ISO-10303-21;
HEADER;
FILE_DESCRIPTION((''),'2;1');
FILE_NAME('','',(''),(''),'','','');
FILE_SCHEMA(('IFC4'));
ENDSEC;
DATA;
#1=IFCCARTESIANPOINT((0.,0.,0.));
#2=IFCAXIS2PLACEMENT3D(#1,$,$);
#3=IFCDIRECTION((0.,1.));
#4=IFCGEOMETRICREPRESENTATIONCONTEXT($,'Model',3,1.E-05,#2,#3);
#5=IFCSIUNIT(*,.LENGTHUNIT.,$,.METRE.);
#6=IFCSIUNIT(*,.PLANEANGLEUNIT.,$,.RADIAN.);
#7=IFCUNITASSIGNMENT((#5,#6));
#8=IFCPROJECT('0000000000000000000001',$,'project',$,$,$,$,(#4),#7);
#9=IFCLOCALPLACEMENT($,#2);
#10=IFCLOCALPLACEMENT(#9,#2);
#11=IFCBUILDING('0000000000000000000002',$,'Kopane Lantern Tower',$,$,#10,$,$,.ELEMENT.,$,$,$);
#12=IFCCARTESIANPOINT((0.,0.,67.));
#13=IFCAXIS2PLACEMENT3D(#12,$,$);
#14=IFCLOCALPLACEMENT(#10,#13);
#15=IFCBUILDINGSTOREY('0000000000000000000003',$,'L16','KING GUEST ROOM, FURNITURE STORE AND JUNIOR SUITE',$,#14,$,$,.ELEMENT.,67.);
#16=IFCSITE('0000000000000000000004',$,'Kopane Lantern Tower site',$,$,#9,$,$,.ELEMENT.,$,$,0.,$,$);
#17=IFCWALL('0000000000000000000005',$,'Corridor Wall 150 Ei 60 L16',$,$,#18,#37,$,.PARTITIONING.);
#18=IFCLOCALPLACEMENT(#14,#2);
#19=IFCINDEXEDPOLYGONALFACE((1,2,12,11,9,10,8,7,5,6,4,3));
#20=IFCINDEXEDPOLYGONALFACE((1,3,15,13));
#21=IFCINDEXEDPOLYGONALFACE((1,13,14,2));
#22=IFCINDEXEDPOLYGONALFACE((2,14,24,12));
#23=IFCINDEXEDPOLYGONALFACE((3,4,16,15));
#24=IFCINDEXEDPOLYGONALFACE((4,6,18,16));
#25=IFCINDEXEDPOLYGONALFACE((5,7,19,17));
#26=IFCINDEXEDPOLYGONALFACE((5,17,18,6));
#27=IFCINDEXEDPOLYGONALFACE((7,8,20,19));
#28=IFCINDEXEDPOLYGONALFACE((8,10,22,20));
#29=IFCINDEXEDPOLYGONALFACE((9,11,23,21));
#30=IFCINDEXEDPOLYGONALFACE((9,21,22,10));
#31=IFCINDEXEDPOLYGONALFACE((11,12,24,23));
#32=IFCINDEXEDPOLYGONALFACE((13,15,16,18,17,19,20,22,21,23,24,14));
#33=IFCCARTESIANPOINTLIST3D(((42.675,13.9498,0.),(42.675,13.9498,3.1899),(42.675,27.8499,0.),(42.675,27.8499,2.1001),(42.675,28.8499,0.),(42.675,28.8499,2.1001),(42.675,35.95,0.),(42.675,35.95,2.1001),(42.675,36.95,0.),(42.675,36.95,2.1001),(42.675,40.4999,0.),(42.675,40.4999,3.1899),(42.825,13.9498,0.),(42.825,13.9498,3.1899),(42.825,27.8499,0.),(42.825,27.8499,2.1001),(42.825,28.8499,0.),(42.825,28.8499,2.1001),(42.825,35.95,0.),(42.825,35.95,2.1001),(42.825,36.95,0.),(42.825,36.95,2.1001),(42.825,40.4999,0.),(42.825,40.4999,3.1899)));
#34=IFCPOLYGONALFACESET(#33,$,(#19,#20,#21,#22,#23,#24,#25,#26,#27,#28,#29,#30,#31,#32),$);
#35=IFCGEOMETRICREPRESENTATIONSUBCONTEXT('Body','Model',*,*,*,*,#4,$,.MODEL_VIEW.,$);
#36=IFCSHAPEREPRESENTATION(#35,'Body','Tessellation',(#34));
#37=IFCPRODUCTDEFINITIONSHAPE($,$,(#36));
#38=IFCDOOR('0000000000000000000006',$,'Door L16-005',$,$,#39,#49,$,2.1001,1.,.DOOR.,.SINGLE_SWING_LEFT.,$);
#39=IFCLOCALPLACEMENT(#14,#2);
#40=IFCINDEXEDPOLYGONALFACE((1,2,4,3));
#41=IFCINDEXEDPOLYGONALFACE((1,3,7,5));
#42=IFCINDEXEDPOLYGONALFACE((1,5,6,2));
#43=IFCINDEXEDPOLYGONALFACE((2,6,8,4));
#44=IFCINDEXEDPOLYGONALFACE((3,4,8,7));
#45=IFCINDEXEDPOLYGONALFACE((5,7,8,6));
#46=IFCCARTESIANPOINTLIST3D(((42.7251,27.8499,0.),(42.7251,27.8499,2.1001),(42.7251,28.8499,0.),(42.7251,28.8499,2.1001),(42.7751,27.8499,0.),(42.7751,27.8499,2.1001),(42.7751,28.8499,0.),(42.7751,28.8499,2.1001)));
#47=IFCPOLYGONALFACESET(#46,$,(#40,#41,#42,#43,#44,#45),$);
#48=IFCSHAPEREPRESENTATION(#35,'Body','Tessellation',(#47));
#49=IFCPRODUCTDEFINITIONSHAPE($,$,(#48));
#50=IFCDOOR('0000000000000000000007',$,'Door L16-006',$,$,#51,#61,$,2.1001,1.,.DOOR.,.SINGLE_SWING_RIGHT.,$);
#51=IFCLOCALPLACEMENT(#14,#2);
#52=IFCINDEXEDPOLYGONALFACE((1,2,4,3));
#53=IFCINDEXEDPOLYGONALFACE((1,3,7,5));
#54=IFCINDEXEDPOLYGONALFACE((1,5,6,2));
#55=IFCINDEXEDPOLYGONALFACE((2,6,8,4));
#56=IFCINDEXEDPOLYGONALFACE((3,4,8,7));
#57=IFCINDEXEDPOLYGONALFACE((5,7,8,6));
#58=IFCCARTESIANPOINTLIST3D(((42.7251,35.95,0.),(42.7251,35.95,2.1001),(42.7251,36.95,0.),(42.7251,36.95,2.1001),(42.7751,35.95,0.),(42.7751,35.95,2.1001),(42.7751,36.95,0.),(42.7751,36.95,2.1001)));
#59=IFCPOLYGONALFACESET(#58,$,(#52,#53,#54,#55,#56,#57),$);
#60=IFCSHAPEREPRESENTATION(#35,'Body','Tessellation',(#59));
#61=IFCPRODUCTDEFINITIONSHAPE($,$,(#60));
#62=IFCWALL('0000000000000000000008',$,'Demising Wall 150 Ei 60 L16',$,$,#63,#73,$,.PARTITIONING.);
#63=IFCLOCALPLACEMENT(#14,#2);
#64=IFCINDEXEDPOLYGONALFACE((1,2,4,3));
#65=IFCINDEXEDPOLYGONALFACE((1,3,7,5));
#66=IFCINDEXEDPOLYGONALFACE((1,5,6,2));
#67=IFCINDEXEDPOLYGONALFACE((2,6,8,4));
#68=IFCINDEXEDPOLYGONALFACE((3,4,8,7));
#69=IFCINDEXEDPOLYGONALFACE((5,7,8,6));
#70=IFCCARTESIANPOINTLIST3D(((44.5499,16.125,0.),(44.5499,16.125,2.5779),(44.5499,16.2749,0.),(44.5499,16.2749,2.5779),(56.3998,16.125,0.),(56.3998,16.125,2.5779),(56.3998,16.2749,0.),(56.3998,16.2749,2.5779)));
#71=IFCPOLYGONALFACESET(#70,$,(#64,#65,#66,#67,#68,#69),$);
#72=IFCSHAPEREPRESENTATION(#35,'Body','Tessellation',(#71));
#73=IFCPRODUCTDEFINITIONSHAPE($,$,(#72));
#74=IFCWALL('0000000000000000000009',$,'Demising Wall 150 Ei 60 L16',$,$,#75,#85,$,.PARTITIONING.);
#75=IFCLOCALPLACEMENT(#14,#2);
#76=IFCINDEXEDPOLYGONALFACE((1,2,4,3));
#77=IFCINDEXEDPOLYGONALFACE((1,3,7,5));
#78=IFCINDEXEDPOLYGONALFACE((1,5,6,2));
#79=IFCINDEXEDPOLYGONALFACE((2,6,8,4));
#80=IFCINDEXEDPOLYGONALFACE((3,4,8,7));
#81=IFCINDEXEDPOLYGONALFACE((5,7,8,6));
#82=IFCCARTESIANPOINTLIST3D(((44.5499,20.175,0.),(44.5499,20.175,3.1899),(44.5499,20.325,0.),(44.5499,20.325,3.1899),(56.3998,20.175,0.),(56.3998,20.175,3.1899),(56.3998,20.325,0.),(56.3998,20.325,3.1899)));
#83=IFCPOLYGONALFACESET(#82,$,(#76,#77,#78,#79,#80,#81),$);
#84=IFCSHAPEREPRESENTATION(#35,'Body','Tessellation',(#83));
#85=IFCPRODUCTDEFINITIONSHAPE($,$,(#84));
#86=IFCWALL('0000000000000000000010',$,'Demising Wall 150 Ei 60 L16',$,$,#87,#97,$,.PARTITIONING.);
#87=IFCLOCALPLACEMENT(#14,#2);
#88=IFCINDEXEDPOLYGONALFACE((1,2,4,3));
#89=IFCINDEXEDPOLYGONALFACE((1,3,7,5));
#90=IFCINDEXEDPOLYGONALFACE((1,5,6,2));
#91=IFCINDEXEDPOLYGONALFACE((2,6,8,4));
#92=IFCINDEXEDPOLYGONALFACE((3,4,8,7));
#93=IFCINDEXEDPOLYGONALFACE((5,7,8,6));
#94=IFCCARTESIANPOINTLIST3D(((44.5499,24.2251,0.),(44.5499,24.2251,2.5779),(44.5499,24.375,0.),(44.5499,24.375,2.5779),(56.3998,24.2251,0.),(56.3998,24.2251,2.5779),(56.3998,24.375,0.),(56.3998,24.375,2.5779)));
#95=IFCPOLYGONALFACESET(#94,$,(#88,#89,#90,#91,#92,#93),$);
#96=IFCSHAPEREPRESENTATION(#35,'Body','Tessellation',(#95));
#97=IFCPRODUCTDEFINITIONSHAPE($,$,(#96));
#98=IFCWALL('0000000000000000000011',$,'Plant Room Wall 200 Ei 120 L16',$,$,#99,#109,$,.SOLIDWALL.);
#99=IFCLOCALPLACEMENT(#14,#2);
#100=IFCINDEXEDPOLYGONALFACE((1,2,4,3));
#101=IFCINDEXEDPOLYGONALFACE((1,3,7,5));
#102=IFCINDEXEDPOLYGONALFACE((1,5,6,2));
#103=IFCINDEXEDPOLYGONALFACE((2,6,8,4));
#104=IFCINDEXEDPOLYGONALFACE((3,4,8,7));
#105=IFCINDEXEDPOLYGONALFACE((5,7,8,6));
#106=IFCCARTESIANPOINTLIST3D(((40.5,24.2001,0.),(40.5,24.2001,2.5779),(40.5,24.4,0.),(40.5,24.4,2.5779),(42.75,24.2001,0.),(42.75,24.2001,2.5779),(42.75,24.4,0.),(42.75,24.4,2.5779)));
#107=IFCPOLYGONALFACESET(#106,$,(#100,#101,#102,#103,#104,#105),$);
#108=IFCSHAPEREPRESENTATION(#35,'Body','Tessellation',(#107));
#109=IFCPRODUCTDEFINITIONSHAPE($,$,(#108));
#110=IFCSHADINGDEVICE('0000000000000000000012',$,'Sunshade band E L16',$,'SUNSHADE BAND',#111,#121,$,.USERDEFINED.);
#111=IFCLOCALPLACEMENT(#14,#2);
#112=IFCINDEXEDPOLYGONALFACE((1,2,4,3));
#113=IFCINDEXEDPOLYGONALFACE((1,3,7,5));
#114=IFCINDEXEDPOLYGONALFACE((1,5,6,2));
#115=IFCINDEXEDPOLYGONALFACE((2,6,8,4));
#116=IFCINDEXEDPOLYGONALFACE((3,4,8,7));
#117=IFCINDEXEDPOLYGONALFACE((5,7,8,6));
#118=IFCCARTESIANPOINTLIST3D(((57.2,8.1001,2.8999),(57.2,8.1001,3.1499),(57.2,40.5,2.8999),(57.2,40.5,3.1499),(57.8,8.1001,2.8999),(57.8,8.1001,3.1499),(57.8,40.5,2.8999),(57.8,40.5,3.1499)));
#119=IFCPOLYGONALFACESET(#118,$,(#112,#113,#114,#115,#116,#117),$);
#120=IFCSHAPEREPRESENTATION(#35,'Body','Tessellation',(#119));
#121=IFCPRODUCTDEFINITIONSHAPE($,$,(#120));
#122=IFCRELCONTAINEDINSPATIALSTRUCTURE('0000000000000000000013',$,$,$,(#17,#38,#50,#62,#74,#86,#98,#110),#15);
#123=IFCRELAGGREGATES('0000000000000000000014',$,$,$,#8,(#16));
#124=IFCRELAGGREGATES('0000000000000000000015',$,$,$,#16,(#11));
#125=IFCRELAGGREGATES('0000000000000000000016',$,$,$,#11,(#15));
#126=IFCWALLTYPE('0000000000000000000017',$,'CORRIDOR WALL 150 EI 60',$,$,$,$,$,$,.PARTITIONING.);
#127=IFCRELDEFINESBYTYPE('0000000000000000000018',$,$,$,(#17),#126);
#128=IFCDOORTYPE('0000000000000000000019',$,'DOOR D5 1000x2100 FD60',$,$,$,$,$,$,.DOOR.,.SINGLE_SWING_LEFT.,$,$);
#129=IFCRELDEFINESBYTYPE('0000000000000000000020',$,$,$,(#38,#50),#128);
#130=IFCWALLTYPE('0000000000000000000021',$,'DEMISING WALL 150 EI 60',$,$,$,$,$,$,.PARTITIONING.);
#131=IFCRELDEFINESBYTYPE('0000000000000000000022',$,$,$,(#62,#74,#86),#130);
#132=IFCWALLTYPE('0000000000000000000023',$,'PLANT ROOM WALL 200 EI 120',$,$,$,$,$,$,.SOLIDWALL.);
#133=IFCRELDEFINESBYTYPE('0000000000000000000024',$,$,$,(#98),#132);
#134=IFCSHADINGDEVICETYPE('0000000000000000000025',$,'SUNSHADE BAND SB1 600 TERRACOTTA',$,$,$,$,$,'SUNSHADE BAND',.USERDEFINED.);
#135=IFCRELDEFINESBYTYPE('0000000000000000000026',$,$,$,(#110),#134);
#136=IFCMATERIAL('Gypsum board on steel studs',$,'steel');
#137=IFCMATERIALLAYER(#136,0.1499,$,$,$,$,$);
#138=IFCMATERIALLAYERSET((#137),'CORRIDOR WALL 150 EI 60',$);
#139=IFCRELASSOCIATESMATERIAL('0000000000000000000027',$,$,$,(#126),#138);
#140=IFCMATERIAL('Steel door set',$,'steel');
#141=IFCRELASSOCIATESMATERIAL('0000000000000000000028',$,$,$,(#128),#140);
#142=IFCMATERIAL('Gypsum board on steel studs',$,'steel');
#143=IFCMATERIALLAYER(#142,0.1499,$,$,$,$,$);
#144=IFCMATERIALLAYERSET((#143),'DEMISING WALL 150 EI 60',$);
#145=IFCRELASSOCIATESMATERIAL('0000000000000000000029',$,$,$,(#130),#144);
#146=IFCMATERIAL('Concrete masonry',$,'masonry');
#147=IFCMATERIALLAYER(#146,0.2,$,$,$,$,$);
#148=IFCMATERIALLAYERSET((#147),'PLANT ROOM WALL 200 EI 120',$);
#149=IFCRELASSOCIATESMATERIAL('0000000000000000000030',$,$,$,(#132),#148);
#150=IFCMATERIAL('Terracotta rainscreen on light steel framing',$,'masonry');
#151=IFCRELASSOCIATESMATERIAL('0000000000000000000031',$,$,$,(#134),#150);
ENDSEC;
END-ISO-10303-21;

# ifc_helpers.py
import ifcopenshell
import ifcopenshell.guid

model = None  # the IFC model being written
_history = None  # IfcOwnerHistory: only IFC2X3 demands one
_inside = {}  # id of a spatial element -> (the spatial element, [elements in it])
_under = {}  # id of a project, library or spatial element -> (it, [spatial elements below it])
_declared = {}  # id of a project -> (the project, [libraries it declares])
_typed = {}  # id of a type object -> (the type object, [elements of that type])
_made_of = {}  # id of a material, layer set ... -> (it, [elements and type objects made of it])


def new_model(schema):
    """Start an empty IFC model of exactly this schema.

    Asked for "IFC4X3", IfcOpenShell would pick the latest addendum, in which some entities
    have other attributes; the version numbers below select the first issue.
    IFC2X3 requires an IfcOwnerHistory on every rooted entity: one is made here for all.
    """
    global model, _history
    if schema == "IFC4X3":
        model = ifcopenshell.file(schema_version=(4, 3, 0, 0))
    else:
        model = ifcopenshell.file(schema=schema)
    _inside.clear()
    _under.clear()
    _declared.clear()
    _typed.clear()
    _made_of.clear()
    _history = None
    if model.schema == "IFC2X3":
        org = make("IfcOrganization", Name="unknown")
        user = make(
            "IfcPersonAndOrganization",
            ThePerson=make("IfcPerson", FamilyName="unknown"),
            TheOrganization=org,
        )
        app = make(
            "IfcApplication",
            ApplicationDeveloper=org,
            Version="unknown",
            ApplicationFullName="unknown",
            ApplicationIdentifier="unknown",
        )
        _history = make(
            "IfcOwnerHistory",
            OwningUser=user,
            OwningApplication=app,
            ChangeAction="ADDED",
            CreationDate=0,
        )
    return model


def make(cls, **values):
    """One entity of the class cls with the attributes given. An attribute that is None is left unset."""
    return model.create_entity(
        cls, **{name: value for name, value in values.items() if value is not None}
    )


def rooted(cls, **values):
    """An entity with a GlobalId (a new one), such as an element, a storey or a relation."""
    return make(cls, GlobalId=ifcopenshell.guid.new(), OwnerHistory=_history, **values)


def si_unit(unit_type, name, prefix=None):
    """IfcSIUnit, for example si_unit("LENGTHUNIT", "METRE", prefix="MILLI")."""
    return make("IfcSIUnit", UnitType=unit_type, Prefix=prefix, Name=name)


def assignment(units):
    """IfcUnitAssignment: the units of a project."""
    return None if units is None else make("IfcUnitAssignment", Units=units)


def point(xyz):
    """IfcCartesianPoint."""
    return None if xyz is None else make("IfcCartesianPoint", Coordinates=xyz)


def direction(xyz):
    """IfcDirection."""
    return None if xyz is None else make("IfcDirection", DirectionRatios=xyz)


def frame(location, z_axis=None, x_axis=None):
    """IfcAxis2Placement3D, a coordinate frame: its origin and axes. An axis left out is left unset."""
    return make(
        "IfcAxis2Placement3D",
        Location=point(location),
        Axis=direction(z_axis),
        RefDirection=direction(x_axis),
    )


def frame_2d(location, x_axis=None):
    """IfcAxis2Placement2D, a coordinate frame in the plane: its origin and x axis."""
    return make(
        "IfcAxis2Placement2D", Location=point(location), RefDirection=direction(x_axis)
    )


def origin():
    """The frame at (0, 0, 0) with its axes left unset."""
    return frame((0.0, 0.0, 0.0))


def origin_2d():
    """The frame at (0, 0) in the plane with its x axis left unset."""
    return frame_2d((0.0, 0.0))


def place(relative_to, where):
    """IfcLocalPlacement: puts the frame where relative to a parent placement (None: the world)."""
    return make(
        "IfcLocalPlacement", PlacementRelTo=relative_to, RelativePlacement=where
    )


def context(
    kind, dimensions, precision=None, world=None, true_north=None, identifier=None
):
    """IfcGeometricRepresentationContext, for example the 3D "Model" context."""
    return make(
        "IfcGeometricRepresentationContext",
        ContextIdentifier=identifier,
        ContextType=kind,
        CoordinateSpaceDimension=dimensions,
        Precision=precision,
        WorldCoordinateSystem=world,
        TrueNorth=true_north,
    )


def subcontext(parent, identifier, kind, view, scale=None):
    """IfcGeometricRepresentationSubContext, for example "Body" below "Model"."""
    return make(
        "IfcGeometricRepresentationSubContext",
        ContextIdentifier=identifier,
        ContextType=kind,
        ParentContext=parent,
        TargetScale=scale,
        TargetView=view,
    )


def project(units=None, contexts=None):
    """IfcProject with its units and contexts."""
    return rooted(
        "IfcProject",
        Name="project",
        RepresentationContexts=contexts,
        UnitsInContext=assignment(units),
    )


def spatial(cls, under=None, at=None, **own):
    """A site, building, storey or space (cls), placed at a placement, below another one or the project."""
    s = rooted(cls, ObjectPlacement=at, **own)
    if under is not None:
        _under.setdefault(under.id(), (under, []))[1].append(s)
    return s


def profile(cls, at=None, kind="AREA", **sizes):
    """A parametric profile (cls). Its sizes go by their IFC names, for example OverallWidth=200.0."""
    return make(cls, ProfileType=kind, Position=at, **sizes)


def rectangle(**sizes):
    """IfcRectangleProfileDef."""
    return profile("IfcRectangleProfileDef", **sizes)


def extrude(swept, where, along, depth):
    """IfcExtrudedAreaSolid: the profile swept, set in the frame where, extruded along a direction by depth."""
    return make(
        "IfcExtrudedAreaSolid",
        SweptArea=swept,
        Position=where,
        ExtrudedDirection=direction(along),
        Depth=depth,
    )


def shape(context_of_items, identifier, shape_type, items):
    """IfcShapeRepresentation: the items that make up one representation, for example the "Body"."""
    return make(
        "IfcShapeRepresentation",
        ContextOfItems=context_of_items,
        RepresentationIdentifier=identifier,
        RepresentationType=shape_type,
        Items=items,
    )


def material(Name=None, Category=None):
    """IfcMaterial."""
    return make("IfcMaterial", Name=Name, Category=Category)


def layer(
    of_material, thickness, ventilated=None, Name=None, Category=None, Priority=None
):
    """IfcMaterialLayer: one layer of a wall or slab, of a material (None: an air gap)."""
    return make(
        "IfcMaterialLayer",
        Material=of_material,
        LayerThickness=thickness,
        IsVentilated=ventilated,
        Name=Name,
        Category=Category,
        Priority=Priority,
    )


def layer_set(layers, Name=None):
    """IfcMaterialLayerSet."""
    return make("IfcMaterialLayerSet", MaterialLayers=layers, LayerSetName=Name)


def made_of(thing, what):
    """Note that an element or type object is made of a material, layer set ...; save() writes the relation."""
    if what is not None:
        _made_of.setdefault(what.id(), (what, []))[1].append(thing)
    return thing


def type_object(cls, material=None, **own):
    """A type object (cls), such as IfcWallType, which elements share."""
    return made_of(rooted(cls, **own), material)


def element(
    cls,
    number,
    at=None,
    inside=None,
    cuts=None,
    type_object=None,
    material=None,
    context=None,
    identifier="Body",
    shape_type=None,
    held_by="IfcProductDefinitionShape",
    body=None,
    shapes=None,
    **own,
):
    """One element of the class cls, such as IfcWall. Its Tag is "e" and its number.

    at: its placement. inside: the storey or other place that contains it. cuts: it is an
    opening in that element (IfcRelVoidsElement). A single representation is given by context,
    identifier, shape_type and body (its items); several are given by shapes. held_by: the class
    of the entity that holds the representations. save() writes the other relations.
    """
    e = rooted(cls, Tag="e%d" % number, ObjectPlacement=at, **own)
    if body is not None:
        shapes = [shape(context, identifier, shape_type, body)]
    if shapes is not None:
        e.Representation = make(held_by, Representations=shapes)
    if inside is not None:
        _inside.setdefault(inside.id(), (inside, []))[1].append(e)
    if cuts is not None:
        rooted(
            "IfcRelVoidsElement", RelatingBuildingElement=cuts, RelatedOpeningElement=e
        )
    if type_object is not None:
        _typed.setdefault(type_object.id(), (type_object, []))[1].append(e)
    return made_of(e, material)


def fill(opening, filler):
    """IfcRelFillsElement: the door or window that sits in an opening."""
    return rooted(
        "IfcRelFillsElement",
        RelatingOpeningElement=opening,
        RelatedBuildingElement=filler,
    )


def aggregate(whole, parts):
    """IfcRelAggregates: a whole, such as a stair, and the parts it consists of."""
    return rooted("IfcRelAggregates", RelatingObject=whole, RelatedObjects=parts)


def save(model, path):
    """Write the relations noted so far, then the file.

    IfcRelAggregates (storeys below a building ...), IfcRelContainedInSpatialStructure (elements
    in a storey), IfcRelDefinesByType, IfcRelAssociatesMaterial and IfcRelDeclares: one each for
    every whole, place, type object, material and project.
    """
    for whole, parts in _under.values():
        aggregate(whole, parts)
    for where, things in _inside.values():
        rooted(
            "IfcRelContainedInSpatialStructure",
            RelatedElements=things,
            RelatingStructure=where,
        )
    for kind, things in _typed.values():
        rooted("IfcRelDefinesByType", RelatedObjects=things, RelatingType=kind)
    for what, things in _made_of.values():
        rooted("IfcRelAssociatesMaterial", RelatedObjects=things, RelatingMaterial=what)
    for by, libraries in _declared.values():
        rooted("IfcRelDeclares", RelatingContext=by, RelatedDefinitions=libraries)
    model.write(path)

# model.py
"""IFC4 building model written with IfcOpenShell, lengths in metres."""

from ifc_helpers import new_model, si_unit, direction, frame, frame_2d, origin, origin_2d, place, context, subcontext, project, spatial, rectangle, extrude, material, layer, layer_set, type_object, element, fill, save


model = new_model("IFC4")

# Units and contexts
model_context = context("Model", 3, precision=1e-05, world=origin(), true_north=direction((0.0, 1.0)))
body_context = subcontext(model_context, "Body", "Model", "MODEL_VIEW")
ifc_project = project(units=[si_unit("LENGTHUNIT", "METRE"), si_unit("PLANEANGLEUNIT", "RADIAN")], contexts=[model_context])

# Site, building, storey
site_placement = place(None, origin())
site = spatial("IfcSite", under=ifc_project, at=site_placement, Name="Kopane Lantern Tower site", CompositionType="ELEMENT", RefElevation=0.0)
building_placement = place(site_placement, origin())
building = spatial("IfcBuilding", under=site, at=building_placement, Name="Kopane Lantern Tower", CompositionType="ELEMENT")
storey_placement = place(building_placement, frame((0.0, 0.0, 67.0)))
storey = spatial("IfcBuildingStorey", under=building, at=storey_placement, Name="L16", Description="KING GUEST ROOM, FURNITURE STORE AND JUNIOR SUITE", CompositionType="ELEMENT", Elevation=67.0)

# Wall, openings, doors
ifc_material_1 = material(Name="Gypsum board on steel studs", Category="steel")
ifc_layer_1 = layer(ifc_material_1, 0.1499)
ifc_layer_set_1 = layer_set([ifc_layer_1], Name="CORRIDOR WALL 150 EI 60")
wall_type_1 = type_object("IfcWallType", Name="CORRIDOR WALL 150 EI 60", PredefinedType="PARTITIONING", material=ifc_layer_set_1)
wall_1_placement = place(storey_placement, frame((42.75, 13.95, 0.0), z_axis=(0.0, 0.0, 1.0), x_axis=(0.0, 1.0, 0.0)))
wall_1 = element("IfcWall", 1, at=wall_1_placement, inside=storey, type_object=wall_type_1, Name="Corridor Wall 150 Ei 60 L16", PredefinedType="PARTITIONING", context=body_context, shape_type="SweptSolid", body=[
    extrude(rectangle(XDim=26.55, YDim=0.1499, at=frame_2d((13.2749, 0.0))), origin(), (0.0, 0.0, 1.0), 3.1899),
])
opening_1_placement = place(wall_1_placement, frame((13.8999, 0.0, 0.0)))
opening_1 = element("IfcOpeningElement", 2, at=opening_1_placement, cuts=wall_1, PredefinedType="OPENING", context=body_context, shape_type="SweptSolid", body=[
    extrude(rectangle(XDim=1.0, YDim=2.1001, at=frame_2d((0.5, 1.05))), frame((0.0, 0.085, 0.0), z_axis=(0.0, -1.0, 0.0), x_axis=(1.0, 0.0, 0.0)), (0.0, 0.0, 1.0), 0.1699),
])
opening_2_placement = place(wall_1_placement, frame((22.0, 0.0, 0.0)))
opening_2 = element("IfcOpeningElement", 3, at=opening_2_placement, cuts=wall_1, PredefinedType="OPENING", context=body_context, shape_type="SweptSolid", body=[
    extrude(rectangle(XDim=1.0, YDim=2.1001, at=frame_2d((0.5, 1.05))), frame((0.0, 0.085, 0.0), z_axis=(0.0, -1.0, 0.0), x_axis=(1.0, 0.0, 0.0)), (0.0, 0.0, 1.0), 0.1699),
])
ifc_material_2 = material(Name="Steel door set", Category="steel")
door_type_1 = type_object("IfcDoorType", Name="DOOR D5 1000x2100 FD60", OperationType="SINGLE_SWING_LEFT", PredefinedType="DOOR", material=ifc_material_2)
door_1_placement = place(opening_1_placement, origin())
door_1 = element("IfcDoor", 4, at=door_1_placement, inside=storey, type_object=door_type_1, Name="Door L16-005", OperationType="SINGLE_SWING_LEFT", OverallHeight=2.1001, OverallWidth=1.0, PredefinedType="DOOR", context=body_context, shape_type="SweptSolid", body=[
    extrude(rectangle(XDim=1.0, YDim=2.1001, at=frame_2d((0.5, 1.05))), frame((0.0, 0.0249, 0.0), z_axis=(0.0, -1.0, 0.0), x_axis=(1.0, 0.0, 0.0)), (0.0, 0.0, 1.0), 0.05),
])
fill(opening_1, door_1)
door_2_placement = place(opening_2_placement, origin())
door_2 = element("IfcDoor", 5, at=door_2_placement, inside=storey, type_object=door_type_1, Name="Door L16-006", OperationType="SINGLE_SWING_RIGHT", OverallHeight=2.1001, OverallWidth=1.0, PredefinedType="DOOR", context=body_context, shape_type="SweptSolid", body=[
    extrude(rectangle(XDim=1.0, YDim=2.1001, at=frame_2d((0.5, 1.05))), frame((0.0, 0.0249, 0.0), z_axis=(0.0, -1.0, 0.0), x_axis=(1.0, 0.0, 0.0)), (0.0, 0.0, 1.0), 0.05),
])
fill(opening_2, door_2)

# Walls
ifc_material_3 = material(Name="Gypsum board on steel studs", Category="steel")
ifc_layer_2 = layer(ifc_material_3, 0.1499)
ifc_layer_set_2 = layer_set([ifc_layer_2], Name="DEMISING WALL 150 EI 60")
wall_type_2 = type_object("IfcWallType", Name="DEMISING WALL 150 EI 60", PredefinedType="PARTITIONING", material=ifc_layer_set_2)
wall_2_placement = place(storey_placement, frame((44.55, 16.2, 0.0), z_axis=(0.0, 0.0, 1.0), x_axis=(1.0, 0.0, 0.0)))
element("IfcWall", 6, at=wall_2_placement, inside=storey, type_object=wall_type_2, Name="Demising Wall 150 Ei 60 L16", PredefinedType="PARTITIONING", context=body_context, shape_type="SweptSolid", body=[
    extrude(rectangle(XDim=11.8499, YDim=0.1499, at=frame_2d((5.9248, 0.0))), origin(), (0.0, 0.0, 1.0), 2.5779),
])
wall_3_placement = place(storey_placement, frame((44.55, 20.25, 0.0), z_axis=(0.0, 0.0, 1.0), x_axis=(1.0, 0.0, 0.0)))
element("IfcWall", 7, at=wall_3_placement, inside=storey, type_object=wall_type_2, Name="Demising Wall 150 Ei 60 L16", PredefinedType="PARTITIONING", context=body_context, shape_type="SweptSolid", body=[
    extrude(rectangle(XDim=11.8499, YDim=0.1499, at=frame_2d((5.9248, 0.0))), origin(), (0.0, 0.0, 1.0), 3.1899),
])
wall_4_placement = place(storey_placement, frame((44.55, 24.3, 0.0), z_axis=(0.0, 0.0, 1.0), x_axis=(1.0, 0.0, 0.0)))
element("IfcWall", 8, at=wall_4_placement, inside=storey, type_object=wall_type_2, Name="Demising Wall 150 Ei 60 L16", PredefinedType="PARTITIONING", context=body_context, shape_type="SweptSolid", body=[
    extrude(rectangle(XDim=11.8499, YDim=0.1499, at=frame_2d((5.9248, 0.0))), origin(), (0.0, 0.0, 1.0), 2.5779),
])
ifc_material_4 = material(Name="Concrete masonry", Category="masonry")
ifc_layer_3 = layer(ifc_material_4, 0.2)
ifc_layer_set_3 = layer_set([ifc_layer_3], Name="PLANT ROOM WALL 200 EI 120")
wall_type_3 = type_object("IfcWallType", Name="PLANT ROOM WALL 200 EI 120", PredefinedType="SOLIDWALL", material=ifc_layer_set_3)
wall_5_placement = place(storey_placement, frame((40.5, 24.3, 0.0), z_axis=(0.0, 0.0, 1.0), x_axis=(1.0, 0.0, 0.0)))
element("IfcWall", 9, at=wall_5_placement, inside=storey, type_object=wall_type_3, Name="Plant Room Wall 200 Ei 120 L16", PredefinedType="SOLIDWALL", context=body_context, shape_type="SweptSolid", body=[
    extrude(rectangle(XDim=2.25, YDim=0.2, at=frame_2d((1.125, 0.0))), origin(), (0.0, 0.0, 1.0), 2.5779),
])

# Shading device
ifc_material_5 = material(Name="Terracotta rainscreen on light steel framing", Category="masonry")
shading_device_type = type_object("IfcShadingDeviceType", Name="SUNSHADE BAND SB1 600 TERRACOTTA", ElementType="SUNSHADE BAND", PredefinedType="USERDEFINED", material=ifc_material_5)
shading_device_placement = place(storey_placement, frame((57.5, 24.3, 2.8999), z_axis=(0.0, 0.0, 1.0), x_axis=(0.0, 1.0, 0.0)))
element("IfcShadingDevice", 10, at=shading_device_placement, inside=storey, type_object=shading_device_type, Name="Sunshade band E L16", ObjectType="SUNSHADE BAND", PredefinedType="USERDEFINED", context=body_context, shape_type="SweptSolid", body=[
    extrude(rectangle(XDim=32.3999, YDim=0.6001, at=origin_2d()), origin(), (0.0, 0.0, 1.0), 0.25),
])

save(model, "model.ifc")
